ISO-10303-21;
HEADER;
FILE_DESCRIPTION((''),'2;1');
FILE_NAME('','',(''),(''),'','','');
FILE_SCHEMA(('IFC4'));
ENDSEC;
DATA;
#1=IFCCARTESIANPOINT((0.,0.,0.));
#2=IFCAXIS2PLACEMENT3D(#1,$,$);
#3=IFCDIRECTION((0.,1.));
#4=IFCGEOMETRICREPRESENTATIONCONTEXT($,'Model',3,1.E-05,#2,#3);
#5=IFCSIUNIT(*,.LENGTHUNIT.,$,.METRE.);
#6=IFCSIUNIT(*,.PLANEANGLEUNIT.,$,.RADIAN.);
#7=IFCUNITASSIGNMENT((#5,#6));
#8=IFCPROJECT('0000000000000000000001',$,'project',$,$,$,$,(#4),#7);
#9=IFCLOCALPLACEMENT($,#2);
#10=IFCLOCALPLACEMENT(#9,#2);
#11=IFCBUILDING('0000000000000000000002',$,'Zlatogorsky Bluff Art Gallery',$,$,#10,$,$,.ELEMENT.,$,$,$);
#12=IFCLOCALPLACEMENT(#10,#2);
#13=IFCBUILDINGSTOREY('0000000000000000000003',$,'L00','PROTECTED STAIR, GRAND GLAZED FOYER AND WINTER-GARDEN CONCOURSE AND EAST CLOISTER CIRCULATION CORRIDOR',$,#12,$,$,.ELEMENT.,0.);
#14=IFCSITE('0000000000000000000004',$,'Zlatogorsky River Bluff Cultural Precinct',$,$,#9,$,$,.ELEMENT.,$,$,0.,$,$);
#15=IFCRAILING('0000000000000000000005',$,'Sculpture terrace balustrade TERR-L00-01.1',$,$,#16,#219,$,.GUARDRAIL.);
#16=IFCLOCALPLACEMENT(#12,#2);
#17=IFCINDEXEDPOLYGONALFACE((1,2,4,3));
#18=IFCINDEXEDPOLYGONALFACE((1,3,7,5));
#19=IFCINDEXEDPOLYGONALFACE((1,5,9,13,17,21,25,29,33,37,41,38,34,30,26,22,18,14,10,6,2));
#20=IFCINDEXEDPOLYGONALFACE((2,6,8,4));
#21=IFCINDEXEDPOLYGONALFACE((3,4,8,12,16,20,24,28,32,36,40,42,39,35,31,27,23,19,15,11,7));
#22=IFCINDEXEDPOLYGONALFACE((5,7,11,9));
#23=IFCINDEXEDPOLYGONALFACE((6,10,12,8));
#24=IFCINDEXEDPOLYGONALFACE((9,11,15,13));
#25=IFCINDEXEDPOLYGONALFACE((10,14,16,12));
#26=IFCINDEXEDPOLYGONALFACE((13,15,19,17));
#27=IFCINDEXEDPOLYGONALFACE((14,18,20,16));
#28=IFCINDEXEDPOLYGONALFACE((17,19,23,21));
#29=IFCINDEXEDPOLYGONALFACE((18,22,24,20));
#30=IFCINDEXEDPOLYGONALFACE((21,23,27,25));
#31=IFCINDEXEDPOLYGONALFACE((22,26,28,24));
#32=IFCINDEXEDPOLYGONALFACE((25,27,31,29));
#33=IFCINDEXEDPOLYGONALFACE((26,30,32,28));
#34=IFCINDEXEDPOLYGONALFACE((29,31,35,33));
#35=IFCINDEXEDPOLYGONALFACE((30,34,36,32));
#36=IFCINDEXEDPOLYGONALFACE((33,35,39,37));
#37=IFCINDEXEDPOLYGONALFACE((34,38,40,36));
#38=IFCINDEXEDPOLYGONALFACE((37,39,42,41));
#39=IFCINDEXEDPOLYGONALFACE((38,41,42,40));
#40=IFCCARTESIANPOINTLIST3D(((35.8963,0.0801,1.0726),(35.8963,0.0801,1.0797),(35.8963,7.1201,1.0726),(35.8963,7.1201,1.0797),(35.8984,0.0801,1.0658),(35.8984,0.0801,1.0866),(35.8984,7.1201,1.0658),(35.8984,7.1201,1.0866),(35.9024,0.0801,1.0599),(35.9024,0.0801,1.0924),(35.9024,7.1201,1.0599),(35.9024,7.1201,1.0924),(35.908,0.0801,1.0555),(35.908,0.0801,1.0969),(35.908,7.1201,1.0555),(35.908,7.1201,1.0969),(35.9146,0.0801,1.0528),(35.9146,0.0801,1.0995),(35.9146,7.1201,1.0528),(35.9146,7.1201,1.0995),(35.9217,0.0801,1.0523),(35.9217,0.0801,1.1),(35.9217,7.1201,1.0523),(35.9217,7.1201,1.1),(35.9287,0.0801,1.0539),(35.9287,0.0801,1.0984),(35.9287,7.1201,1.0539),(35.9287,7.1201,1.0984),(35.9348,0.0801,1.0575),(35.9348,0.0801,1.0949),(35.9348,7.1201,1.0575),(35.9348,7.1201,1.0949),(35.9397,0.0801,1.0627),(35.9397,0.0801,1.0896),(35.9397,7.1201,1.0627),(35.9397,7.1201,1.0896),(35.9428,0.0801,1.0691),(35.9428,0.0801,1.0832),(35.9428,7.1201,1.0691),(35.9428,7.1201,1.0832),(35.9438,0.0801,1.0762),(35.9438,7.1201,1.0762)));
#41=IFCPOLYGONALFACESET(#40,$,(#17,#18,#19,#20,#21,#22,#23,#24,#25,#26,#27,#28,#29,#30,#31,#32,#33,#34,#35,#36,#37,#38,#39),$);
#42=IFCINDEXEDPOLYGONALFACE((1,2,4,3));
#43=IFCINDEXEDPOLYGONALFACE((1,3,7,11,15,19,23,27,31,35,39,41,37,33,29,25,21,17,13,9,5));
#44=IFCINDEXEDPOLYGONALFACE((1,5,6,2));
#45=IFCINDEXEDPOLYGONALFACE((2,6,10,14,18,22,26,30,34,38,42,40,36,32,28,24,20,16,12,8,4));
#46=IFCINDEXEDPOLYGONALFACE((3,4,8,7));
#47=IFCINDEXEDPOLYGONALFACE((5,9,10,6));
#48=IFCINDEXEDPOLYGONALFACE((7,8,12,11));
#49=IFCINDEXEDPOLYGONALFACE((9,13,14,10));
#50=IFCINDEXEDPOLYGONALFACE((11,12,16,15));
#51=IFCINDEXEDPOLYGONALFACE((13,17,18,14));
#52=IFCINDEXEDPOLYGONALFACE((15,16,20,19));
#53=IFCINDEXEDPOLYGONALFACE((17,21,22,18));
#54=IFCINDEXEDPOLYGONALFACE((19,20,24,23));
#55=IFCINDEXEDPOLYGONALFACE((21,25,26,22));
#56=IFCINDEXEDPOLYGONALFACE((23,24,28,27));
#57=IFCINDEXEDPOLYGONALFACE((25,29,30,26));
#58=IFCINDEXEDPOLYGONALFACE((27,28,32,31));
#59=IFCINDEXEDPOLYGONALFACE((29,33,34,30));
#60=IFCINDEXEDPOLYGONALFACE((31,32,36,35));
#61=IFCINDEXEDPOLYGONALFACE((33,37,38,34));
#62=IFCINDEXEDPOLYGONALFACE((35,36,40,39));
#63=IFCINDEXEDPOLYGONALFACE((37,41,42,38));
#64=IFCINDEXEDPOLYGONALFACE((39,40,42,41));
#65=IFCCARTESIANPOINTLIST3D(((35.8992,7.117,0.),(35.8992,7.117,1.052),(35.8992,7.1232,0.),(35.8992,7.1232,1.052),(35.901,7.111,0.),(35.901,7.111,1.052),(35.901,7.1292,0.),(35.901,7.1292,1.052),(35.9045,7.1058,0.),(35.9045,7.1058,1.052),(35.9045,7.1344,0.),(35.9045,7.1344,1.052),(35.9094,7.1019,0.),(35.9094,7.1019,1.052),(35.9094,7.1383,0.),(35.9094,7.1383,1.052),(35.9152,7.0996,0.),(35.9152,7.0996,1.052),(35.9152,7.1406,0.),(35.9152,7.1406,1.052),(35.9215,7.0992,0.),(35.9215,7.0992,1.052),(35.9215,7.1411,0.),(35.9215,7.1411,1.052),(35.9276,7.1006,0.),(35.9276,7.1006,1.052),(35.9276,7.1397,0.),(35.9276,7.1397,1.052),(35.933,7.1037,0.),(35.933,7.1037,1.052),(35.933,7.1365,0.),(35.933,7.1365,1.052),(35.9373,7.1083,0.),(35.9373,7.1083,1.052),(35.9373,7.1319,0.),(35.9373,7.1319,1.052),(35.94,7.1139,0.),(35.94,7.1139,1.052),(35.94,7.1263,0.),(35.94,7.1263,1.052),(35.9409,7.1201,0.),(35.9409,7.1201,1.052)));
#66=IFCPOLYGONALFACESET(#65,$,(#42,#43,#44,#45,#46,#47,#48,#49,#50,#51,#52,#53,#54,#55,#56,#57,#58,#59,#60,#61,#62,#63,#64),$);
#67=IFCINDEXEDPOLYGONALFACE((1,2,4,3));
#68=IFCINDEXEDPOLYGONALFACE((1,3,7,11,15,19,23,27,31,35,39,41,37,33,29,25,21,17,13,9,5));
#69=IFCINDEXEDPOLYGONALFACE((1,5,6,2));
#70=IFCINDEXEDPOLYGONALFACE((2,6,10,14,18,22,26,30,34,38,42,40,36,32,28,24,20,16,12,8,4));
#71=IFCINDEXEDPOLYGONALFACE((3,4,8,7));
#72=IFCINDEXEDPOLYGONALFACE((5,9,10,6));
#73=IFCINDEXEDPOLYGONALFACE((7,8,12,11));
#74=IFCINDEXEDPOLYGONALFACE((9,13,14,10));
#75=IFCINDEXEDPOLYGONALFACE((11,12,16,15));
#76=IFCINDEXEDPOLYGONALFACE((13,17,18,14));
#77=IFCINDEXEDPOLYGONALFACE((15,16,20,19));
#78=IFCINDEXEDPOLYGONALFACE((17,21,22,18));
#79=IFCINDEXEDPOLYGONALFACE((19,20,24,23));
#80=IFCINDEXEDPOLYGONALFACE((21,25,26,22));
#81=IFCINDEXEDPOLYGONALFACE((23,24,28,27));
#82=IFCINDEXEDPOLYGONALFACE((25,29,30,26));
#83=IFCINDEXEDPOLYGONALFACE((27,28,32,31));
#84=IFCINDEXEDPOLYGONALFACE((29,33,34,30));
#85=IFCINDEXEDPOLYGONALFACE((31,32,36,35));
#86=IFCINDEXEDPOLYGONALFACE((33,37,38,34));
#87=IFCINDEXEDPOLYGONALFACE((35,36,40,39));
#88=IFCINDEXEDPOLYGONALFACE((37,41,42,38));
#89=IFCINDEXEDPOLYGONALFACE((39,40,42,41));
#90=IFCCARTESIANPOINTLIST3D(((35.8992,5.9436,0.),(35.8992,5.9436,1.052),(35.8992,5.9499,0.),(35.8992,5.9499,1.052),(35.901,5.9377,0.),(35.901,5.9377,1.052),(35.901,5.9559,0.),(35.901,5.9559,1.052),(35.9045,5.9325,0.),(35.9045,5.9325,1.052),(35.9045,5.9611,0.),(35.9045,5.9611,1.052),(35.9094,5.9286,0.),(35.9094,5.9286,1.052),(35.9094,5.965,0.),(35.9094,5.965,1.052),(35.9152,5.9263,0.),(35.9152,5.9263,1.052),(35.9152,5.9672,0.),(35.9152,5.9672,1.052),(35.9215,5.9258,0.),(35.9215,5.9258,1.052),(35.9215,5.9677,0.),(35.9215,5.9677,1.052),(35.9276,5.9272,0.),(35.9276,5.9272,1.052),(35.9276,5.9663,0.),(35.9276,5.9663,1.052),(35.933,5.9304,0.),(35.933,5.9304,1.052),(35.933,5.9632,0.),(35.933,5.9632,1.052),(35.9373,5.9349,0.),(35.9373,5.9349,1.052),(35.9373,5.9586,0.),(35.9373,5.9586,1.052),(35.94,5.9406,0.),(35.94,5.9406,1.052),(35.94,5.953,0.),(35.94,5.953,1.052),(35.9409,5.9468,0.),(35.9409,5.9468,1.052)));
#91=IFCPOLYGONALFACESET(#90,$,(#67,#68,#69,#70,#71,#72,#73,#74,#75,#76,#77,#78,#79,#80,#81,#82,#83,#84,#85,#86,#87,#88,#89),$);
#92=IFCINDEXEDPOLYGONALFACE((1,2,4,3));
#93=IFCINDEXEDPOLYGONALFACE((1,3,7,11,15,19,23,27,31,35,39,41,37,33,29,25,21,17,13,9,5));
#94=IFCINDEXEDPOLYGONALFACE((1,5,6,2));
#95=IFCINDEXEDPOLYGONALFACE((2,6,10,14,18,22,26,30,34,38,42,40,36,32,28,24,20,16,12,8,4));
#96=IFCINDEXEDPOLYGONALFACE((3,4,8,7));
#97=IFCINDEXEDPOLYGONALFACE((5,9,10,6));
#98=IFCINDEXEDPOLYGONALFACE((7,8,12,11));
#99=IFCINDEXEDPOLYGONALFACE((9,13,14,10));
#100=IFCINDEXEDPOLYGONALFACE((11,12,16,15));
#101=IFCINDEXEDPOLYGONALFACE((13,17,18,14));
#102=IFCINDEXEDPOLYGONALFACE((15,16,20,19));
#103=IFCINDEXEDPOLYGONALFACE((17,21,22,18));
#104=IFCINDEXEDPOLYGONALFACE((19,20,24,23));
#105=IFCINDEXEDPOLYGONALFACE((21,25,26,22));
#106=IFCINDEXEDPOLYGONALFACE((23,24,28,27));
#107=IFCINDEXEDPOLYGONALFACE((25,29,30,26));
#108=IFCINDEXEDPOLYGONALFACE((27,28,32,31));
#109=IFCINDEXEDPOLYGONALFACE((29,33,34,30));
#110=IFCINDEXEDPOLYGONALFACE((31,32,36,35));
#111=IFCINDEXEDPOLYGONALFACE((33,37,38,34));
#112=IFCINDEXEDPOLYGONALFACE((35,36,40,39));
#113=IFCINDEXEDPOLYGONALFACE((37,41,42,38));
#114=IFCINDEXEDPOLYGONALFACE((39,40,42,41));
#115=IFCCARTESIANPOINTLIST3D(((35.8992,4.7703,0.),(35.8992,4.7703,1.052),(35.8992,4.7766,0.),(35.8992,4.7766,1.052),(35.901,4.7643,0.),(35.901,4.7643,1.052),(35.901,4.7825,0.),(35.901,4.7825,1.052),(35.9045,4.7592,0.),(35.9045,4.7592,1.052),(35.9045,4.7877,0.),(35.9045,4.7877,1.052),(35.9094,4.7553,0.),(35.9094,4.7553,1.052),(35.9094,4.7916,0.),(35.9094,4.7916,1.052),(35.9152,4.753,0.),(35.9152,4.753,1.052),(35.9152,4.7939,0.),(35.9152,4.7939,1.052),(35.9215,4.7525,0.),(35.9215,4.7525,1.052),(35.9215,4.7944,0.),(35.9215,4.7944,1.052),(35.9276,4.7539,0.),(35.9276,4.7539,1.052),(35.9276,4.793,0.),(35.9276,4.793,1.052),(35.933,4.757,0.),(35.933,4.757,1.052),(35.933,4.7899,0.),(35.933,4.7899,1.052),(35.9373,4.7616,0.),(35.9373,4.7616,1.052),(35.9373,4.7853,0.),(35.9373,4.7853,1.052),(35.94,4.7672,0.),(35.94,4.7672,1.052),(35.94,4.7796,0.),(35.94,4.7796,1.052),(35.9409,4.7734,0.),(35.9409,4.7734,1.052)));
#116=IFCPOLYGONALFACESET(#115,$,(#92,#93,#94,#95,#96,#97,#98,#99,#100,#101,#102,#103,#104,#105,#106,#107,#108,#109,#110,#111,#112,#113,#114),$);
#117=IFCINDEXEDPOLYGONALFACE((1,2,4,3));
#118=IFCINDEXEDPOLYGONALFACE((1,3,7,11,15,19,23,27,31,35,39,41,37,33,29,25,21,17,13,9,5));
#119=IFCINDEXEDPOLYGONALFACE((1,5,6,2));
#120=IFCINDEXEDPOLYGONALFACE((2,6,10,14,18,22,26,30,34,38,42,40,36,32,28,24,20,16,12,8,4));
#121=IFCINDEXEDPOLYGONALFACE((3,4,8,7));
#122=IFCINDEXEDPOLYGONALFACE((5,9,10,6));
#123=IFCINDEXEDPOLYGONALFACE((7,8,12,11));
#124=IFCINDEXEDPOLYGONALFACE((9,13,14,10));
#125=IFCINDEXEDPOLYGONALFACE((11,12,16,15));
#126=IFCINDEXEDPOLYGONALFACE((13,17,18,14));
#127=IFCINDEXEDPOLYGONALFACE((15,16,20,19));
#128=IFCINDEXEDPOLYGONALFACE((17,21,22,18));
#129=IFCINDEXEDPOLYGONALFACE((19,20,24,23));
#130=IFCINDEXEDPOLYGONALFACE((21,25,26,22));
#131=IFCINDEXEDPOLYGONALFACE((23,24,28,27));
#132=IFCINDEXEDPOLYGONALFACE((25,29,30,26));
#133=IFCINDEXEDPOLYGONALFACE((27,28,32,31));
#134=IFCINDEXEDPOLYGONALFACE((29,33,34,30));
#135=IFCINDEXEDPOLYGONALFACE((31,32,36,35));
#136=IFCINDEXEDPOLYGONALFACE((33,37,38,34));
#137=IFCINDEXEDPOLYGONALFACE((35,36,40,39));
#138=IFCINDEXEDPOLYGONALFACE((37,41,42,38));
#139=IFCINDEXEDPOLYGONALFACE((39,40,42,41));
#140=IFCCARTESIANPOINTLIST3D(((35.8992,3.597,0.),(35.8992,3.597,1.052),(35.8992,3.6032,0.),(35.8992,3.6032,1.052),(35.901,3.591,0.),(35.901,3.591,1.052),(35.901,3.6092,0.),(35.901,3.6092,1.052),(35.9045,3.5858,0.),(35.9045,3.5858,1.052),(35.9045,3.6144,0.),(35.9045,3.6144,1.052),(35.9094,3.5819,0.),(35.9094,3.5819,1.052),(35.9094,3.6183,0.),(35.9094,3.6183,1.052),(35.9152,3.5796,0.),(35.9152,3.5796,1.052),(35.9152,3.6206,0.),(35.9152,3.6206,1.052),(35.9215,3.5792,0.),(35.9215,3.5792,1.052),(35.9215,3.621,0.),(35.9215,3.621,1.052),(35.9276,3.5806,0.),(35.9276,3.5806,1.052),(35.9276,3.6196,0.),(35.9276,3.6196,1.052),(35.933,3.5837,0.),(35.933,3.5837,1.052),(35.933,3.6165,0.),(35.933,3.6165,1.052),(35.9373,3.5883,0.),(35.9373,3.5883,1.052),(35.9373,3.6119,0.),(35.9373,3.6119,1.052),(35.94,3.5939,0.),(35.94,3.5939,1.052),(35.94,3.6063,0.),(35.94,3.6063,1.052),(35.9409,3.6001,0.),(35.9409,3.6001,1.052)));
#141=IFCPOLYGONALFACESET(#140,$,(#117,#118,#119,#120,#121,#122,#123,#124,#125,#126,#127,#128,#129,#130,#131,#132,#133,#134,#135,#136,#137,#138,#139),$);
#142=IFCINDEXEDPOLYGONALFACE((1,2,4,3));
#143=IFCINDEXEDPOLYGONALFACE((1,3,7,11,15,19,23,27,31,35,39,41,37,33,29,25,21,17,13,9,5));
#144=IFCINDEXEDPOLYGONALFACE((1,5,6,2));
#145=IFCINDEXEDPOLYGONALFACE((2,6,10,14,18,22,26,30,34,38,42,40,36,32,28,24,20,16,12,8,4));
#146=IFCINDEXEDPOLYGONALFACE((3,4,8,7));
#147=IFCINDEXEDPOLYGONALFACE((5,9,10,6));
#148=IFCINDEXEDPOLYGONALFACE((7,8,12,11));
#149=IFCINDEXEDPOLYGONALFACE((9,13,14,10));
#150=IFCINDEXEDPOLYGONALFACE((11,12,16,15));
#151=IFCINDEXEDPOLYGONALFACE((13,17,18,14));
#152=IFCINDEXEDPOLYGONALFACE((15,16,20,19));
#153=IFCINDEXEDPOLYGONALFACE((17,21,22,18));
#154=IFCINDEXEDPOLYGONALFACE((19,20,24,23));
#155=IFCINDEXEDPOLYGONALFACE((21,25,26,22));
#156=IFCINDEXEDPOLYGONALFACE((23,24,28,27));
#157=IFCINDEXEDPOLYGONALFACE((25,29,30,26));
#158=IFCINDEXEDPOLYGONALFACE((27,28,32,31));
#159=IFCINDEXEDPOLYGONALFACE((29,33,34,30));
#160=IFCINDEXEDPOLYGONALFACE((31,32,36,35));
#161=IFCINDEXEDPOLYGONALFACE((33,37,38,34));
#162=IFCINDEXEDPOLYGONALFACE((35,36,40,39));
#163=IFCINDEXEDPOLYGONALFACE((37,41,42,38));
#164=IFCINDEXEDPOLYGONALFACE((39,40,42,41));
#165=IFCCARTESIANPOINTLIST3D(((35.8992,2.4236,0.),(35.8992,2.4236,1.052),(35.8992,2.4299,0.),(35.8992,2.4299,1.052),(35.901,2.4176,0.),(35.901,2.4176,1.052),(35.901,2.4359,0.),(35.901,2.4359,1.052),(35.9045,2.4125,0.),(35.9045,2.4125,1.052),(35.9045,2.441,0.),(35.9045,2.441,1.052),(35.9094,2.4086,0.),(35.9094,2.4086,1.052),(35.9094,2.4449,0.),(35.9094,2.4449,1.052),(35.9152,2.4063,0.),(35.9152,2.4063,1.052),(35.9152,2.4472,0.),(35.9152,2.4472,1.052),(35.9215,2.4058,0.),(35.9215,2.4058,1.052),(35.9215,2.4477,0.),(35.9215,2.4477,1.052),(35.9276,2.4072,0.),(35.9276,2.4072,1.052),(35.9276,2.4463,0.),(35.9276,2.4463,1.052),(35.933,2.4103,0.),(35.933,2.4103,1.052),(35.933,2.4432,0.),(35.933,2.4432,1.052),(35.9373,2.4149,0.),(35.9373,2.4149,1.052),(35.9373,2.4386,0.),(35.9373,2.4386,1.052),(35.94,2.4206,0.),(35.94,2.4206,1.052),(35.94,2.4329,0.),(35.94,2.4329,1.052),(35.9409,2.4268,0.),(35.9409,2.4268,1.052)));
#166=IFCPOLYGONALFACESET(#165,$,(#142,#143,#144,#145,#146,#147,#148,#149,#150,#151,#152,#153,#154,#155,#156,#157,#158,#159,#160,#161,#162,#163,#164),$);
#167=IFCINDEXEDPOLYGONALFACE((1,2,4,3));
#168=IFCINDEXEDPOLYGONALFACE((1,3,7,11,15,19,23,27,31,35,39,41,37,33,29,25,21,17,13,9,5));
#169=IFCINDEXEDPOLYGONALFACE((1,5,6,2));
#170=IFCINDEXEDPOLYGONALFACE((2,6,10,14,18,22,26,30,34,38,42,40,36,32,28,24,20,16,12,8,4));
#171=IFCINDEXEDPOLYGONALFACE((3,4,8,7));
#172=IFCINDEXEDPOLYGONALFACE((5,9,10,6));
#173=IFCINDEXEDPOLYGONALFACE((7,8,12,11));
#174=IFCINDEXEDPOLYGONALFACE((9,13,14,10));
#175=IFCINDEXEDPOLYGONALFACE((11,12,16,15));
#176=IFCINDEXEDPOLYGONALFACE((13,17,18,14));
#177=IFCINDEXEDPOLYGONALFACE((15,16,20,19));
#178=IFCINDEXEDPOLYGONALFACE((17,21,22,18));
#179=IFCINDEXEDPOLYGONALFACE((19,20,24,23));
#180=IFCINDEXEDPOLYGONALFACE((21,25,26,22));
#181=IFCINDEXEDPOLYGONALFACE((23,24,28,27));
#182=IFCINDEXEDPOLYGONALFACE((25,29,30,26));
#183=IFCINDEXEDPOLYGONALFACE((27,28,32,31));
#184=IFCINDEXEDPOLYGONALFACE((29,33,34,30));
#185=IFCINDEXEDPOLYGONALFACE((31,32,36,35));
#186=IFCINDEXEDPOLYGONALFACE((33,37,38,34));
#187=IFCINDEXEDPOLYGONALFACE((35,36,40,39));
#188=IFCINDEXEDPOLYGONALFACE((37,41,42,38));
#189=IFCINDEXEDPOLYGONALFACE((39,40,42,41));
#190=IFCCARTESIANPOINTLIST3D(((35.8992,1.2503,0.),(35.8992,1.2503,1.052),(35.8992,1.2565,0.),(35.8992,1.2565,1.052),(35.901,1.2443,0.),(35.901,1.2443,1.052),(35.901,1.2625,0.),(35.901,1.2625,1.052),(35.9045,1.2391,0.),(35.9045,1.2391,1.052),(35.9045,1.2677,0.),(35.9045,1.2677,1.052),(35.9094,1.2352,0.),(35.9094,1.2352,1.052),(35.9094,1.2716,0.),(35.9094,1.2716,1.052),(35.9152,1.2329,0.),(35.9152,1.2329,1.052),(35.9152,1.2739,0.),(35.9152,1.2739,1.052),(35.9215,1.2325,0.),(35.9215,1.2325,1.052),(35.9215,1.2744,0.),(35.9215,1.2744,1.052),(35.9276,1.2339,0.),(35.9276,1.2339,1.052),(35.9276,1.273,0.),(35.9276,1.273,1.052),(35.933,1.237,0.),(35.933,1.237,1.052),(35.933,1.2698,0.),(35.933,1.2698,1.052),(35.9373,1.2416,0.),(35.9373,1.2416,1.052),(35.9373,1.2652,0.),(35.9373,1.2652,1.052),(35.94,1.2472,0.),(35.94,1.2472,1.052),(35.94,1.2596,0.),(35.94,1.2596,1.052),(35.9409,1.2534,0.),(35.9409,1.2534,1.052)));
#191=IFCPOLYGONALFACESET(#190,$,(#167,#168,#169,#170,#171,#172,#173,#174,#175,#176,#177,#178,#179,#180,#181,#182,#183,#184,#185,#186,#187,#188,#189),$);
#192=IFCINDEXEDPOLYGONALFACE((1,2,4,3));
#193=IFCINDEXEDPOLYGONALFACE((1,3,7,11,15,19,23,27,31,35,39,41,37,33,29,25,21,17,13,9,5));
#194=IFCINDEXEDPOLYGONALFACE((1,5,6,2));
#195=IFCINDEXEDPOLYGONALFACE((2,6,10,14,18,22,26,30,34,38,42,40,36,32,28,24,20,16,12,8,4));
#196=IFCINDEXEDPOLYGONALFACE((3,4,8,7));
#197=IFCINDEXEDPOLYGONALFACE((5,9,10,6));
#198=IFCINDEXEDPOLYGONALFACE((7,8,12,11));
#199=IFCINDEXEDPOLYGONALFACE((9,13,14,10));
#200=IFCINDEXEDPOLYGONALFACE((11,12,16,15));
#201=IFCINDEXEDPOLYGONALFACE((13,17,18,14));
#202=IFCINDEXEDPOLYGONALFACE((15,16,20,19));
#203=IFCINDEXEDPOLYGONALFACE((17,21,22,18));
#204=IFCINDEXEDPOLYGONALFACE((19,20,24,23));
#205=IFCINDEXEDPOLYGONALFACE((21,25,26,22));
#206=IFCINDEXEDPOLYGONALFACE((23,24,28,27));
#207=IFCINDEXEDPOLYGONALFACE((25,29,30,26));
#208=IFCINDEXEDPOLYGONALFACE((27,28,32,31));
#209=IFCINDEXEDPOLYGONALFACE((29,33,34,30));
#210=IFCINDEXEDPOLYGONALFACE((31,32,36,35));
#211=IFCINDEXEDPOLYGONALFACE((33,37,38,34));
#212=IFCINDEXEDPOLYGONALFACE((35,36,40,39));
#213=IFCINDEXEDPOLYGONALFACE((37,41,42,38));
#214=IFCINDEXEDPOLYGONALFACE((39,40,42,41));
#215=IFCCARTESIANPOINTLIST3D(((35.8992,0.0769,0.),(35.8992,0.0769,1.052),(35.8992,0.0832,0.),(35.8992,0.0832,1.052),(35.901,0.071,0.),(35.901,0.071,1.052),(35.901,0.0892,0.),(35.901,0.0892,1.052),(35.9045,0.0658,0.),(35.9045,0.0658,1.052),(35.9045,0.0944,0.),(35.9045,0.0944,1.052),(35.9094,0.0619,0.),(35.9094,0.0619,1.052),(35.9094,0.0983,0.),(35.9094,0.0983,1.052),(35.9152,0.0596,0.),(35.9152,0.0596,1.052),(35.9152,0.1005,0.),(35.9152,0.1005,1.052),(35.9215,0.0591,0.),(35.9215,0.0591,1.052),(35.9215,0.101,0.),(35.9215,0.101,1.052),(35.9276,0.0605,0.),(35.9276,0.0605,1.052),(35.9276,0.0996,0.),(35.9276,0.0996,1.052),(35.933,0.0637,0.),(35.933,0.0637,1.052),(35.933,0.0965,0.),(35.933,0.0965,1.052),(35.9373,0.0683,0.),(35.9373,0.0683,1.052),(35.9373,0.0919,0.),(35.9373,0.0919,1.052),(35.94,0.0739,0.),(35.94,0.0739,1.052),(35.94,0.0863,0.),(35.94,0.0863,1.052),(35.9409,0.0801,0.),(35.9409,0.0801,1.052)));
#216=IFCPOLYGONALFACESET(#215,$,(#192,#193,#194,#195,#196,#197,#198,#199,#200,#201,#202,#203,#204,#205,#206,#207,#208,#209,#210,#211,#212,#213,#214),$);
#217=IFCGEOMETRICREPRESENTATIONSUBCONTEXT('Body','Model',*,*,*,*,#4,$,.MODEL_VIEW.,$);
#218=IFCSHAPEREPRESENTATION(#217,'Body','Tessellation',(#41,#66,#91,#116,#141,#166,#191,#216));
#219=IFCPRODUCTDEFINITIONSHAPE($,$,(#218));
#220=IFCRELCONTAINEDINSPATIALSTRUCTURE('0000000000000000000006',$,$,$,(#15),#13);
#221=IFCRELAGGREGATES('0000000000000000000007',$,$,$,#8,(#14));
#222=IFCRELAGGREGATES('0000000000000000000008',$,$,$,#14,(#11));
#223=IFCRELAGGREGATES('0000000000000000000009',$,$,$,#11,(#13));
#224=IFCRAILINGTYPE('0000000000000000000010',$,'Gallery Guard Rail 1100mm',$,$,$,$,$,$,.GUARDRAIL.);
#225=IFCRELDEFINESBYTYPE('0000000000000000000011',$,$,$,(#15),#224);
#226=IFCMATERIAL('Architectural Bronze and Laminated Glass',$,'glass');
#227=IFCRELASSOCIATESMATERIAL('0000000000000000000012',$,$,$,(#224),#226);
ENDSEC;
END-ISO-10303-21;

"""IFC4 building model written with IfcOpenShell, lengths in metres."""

from ifc_helpers import new_model, si_unit, direction, frame, origin, origin_2d, place, context, subcontext, project, spatial, circle, extrude, material, type_object, element, save


model = new_model("IFC4")

# Units and contexts
model_context = context("Model", 3, precision=1e-05, world=origin(), true_north=direction((0.0, 1.0)))
body_context = subcontext(model_context, "Body", "Model", "MODEL_VIEW")
ifc_project = project(units=[si_unit("LENGTHUNIT", "METRE"), si_unit("PLANEANGLEUNIT", "RADIAN")], contexts=[model_context])

# Site, building, storey
site_placement = place(None, origin())
site = spatial("IfcSite", under=ifc_project, at=site_placement, Name="Zlatogorsky River Bluff Cultural Precinct", CompositionType="ELEMENT", RefElevation=0.0)
building_placement = place(site_placement, origin())
building = spatial("IfcBuilding", under=site, at=building_placement, Name="Zlatogorsky Bluff Art Gallery", CompositionType="ELEMENT")
storey_placement = place(building_placement, origin())
storey = spatial("IfcBuildingStorey", under=building, at=storey_placement, Name="L00", Description="PROTECTED STAIR, GRAND GLAZED FOYER AND WINTER-GARDEN CONCOURSE AND EAST CLOISTER CIRCULATION CORRIDOR", CompositionType="ELEMENT", Elevation=0.0)

# Railing
ifc_material_1 = material(Name="Architectural Bronze and Laminated Glass", Category="glass")
railing_type = type_object("IfcRailingType", Name="Gallery Guard Rail 1100mm", PredefinedType="GUARDRAIL", material=ifc_material_1)
railing_1_placement = place(storey_placement, frame((35.9199, 7.1201, 0.0)))
element("IfcRailing", 1, at=railing_1_placement, inside=storey, type_object=railing_type, Name="Sculpture terrace balustrade TERR-L00-01.1", PredefinedType="GUARDRAIL", context=body_context, shape_type="SweptSolid", body=[
    extrude(circle(Radius=0.0239, at=origin_2d()), frame((0.0, 0.0, 1.0762), z_axis=(0.0, -1.0, 0.0), x_axis=(1.0, 0.0, 0.0)), (0.0, 0.0, 1.0), 7.04),
    extrude(circle(Radius=0.021, at=origin_2d()), origin(), (0.0, 0.0, 1.0), 1.052),
    extrude(circle(Radius=0.021, at=origin_2d()), frame((0.0, -1.1733, 0.0)), (0.0, 0.0, 1.0), 1.052),
    extrude(circle(Radius=0.021, at=origin_2d()), frame((0.0, -2.3467, 0.0)), (0.0, 0.0, 1.0), 1.052),
    extrude(circle(Radius=0.021, at=origin_2d()), frame((0.0, -3.52, 0.0)), (0.0, 0.0, 1.0), 1.052),
    extrude(circle(Radius=0.021, at=origin_2d()), frame((0.0, -4.6934, 0.0)), (0.0, 0.0, 1.0), 1.052),
    extrude(circle(Radius=0.021, at=origin_2d()), frame((0.0, -5.8667, 0.0)), (0.0, 0.0, 1.0), 1.052),
    extrude(circle(Radius=0.021, at=origin_2d()), frame((0.0, -7.04, 0.0)), (0.0, 0.0, 1.0), 1.052),
])

save(model, "model.ifc")
